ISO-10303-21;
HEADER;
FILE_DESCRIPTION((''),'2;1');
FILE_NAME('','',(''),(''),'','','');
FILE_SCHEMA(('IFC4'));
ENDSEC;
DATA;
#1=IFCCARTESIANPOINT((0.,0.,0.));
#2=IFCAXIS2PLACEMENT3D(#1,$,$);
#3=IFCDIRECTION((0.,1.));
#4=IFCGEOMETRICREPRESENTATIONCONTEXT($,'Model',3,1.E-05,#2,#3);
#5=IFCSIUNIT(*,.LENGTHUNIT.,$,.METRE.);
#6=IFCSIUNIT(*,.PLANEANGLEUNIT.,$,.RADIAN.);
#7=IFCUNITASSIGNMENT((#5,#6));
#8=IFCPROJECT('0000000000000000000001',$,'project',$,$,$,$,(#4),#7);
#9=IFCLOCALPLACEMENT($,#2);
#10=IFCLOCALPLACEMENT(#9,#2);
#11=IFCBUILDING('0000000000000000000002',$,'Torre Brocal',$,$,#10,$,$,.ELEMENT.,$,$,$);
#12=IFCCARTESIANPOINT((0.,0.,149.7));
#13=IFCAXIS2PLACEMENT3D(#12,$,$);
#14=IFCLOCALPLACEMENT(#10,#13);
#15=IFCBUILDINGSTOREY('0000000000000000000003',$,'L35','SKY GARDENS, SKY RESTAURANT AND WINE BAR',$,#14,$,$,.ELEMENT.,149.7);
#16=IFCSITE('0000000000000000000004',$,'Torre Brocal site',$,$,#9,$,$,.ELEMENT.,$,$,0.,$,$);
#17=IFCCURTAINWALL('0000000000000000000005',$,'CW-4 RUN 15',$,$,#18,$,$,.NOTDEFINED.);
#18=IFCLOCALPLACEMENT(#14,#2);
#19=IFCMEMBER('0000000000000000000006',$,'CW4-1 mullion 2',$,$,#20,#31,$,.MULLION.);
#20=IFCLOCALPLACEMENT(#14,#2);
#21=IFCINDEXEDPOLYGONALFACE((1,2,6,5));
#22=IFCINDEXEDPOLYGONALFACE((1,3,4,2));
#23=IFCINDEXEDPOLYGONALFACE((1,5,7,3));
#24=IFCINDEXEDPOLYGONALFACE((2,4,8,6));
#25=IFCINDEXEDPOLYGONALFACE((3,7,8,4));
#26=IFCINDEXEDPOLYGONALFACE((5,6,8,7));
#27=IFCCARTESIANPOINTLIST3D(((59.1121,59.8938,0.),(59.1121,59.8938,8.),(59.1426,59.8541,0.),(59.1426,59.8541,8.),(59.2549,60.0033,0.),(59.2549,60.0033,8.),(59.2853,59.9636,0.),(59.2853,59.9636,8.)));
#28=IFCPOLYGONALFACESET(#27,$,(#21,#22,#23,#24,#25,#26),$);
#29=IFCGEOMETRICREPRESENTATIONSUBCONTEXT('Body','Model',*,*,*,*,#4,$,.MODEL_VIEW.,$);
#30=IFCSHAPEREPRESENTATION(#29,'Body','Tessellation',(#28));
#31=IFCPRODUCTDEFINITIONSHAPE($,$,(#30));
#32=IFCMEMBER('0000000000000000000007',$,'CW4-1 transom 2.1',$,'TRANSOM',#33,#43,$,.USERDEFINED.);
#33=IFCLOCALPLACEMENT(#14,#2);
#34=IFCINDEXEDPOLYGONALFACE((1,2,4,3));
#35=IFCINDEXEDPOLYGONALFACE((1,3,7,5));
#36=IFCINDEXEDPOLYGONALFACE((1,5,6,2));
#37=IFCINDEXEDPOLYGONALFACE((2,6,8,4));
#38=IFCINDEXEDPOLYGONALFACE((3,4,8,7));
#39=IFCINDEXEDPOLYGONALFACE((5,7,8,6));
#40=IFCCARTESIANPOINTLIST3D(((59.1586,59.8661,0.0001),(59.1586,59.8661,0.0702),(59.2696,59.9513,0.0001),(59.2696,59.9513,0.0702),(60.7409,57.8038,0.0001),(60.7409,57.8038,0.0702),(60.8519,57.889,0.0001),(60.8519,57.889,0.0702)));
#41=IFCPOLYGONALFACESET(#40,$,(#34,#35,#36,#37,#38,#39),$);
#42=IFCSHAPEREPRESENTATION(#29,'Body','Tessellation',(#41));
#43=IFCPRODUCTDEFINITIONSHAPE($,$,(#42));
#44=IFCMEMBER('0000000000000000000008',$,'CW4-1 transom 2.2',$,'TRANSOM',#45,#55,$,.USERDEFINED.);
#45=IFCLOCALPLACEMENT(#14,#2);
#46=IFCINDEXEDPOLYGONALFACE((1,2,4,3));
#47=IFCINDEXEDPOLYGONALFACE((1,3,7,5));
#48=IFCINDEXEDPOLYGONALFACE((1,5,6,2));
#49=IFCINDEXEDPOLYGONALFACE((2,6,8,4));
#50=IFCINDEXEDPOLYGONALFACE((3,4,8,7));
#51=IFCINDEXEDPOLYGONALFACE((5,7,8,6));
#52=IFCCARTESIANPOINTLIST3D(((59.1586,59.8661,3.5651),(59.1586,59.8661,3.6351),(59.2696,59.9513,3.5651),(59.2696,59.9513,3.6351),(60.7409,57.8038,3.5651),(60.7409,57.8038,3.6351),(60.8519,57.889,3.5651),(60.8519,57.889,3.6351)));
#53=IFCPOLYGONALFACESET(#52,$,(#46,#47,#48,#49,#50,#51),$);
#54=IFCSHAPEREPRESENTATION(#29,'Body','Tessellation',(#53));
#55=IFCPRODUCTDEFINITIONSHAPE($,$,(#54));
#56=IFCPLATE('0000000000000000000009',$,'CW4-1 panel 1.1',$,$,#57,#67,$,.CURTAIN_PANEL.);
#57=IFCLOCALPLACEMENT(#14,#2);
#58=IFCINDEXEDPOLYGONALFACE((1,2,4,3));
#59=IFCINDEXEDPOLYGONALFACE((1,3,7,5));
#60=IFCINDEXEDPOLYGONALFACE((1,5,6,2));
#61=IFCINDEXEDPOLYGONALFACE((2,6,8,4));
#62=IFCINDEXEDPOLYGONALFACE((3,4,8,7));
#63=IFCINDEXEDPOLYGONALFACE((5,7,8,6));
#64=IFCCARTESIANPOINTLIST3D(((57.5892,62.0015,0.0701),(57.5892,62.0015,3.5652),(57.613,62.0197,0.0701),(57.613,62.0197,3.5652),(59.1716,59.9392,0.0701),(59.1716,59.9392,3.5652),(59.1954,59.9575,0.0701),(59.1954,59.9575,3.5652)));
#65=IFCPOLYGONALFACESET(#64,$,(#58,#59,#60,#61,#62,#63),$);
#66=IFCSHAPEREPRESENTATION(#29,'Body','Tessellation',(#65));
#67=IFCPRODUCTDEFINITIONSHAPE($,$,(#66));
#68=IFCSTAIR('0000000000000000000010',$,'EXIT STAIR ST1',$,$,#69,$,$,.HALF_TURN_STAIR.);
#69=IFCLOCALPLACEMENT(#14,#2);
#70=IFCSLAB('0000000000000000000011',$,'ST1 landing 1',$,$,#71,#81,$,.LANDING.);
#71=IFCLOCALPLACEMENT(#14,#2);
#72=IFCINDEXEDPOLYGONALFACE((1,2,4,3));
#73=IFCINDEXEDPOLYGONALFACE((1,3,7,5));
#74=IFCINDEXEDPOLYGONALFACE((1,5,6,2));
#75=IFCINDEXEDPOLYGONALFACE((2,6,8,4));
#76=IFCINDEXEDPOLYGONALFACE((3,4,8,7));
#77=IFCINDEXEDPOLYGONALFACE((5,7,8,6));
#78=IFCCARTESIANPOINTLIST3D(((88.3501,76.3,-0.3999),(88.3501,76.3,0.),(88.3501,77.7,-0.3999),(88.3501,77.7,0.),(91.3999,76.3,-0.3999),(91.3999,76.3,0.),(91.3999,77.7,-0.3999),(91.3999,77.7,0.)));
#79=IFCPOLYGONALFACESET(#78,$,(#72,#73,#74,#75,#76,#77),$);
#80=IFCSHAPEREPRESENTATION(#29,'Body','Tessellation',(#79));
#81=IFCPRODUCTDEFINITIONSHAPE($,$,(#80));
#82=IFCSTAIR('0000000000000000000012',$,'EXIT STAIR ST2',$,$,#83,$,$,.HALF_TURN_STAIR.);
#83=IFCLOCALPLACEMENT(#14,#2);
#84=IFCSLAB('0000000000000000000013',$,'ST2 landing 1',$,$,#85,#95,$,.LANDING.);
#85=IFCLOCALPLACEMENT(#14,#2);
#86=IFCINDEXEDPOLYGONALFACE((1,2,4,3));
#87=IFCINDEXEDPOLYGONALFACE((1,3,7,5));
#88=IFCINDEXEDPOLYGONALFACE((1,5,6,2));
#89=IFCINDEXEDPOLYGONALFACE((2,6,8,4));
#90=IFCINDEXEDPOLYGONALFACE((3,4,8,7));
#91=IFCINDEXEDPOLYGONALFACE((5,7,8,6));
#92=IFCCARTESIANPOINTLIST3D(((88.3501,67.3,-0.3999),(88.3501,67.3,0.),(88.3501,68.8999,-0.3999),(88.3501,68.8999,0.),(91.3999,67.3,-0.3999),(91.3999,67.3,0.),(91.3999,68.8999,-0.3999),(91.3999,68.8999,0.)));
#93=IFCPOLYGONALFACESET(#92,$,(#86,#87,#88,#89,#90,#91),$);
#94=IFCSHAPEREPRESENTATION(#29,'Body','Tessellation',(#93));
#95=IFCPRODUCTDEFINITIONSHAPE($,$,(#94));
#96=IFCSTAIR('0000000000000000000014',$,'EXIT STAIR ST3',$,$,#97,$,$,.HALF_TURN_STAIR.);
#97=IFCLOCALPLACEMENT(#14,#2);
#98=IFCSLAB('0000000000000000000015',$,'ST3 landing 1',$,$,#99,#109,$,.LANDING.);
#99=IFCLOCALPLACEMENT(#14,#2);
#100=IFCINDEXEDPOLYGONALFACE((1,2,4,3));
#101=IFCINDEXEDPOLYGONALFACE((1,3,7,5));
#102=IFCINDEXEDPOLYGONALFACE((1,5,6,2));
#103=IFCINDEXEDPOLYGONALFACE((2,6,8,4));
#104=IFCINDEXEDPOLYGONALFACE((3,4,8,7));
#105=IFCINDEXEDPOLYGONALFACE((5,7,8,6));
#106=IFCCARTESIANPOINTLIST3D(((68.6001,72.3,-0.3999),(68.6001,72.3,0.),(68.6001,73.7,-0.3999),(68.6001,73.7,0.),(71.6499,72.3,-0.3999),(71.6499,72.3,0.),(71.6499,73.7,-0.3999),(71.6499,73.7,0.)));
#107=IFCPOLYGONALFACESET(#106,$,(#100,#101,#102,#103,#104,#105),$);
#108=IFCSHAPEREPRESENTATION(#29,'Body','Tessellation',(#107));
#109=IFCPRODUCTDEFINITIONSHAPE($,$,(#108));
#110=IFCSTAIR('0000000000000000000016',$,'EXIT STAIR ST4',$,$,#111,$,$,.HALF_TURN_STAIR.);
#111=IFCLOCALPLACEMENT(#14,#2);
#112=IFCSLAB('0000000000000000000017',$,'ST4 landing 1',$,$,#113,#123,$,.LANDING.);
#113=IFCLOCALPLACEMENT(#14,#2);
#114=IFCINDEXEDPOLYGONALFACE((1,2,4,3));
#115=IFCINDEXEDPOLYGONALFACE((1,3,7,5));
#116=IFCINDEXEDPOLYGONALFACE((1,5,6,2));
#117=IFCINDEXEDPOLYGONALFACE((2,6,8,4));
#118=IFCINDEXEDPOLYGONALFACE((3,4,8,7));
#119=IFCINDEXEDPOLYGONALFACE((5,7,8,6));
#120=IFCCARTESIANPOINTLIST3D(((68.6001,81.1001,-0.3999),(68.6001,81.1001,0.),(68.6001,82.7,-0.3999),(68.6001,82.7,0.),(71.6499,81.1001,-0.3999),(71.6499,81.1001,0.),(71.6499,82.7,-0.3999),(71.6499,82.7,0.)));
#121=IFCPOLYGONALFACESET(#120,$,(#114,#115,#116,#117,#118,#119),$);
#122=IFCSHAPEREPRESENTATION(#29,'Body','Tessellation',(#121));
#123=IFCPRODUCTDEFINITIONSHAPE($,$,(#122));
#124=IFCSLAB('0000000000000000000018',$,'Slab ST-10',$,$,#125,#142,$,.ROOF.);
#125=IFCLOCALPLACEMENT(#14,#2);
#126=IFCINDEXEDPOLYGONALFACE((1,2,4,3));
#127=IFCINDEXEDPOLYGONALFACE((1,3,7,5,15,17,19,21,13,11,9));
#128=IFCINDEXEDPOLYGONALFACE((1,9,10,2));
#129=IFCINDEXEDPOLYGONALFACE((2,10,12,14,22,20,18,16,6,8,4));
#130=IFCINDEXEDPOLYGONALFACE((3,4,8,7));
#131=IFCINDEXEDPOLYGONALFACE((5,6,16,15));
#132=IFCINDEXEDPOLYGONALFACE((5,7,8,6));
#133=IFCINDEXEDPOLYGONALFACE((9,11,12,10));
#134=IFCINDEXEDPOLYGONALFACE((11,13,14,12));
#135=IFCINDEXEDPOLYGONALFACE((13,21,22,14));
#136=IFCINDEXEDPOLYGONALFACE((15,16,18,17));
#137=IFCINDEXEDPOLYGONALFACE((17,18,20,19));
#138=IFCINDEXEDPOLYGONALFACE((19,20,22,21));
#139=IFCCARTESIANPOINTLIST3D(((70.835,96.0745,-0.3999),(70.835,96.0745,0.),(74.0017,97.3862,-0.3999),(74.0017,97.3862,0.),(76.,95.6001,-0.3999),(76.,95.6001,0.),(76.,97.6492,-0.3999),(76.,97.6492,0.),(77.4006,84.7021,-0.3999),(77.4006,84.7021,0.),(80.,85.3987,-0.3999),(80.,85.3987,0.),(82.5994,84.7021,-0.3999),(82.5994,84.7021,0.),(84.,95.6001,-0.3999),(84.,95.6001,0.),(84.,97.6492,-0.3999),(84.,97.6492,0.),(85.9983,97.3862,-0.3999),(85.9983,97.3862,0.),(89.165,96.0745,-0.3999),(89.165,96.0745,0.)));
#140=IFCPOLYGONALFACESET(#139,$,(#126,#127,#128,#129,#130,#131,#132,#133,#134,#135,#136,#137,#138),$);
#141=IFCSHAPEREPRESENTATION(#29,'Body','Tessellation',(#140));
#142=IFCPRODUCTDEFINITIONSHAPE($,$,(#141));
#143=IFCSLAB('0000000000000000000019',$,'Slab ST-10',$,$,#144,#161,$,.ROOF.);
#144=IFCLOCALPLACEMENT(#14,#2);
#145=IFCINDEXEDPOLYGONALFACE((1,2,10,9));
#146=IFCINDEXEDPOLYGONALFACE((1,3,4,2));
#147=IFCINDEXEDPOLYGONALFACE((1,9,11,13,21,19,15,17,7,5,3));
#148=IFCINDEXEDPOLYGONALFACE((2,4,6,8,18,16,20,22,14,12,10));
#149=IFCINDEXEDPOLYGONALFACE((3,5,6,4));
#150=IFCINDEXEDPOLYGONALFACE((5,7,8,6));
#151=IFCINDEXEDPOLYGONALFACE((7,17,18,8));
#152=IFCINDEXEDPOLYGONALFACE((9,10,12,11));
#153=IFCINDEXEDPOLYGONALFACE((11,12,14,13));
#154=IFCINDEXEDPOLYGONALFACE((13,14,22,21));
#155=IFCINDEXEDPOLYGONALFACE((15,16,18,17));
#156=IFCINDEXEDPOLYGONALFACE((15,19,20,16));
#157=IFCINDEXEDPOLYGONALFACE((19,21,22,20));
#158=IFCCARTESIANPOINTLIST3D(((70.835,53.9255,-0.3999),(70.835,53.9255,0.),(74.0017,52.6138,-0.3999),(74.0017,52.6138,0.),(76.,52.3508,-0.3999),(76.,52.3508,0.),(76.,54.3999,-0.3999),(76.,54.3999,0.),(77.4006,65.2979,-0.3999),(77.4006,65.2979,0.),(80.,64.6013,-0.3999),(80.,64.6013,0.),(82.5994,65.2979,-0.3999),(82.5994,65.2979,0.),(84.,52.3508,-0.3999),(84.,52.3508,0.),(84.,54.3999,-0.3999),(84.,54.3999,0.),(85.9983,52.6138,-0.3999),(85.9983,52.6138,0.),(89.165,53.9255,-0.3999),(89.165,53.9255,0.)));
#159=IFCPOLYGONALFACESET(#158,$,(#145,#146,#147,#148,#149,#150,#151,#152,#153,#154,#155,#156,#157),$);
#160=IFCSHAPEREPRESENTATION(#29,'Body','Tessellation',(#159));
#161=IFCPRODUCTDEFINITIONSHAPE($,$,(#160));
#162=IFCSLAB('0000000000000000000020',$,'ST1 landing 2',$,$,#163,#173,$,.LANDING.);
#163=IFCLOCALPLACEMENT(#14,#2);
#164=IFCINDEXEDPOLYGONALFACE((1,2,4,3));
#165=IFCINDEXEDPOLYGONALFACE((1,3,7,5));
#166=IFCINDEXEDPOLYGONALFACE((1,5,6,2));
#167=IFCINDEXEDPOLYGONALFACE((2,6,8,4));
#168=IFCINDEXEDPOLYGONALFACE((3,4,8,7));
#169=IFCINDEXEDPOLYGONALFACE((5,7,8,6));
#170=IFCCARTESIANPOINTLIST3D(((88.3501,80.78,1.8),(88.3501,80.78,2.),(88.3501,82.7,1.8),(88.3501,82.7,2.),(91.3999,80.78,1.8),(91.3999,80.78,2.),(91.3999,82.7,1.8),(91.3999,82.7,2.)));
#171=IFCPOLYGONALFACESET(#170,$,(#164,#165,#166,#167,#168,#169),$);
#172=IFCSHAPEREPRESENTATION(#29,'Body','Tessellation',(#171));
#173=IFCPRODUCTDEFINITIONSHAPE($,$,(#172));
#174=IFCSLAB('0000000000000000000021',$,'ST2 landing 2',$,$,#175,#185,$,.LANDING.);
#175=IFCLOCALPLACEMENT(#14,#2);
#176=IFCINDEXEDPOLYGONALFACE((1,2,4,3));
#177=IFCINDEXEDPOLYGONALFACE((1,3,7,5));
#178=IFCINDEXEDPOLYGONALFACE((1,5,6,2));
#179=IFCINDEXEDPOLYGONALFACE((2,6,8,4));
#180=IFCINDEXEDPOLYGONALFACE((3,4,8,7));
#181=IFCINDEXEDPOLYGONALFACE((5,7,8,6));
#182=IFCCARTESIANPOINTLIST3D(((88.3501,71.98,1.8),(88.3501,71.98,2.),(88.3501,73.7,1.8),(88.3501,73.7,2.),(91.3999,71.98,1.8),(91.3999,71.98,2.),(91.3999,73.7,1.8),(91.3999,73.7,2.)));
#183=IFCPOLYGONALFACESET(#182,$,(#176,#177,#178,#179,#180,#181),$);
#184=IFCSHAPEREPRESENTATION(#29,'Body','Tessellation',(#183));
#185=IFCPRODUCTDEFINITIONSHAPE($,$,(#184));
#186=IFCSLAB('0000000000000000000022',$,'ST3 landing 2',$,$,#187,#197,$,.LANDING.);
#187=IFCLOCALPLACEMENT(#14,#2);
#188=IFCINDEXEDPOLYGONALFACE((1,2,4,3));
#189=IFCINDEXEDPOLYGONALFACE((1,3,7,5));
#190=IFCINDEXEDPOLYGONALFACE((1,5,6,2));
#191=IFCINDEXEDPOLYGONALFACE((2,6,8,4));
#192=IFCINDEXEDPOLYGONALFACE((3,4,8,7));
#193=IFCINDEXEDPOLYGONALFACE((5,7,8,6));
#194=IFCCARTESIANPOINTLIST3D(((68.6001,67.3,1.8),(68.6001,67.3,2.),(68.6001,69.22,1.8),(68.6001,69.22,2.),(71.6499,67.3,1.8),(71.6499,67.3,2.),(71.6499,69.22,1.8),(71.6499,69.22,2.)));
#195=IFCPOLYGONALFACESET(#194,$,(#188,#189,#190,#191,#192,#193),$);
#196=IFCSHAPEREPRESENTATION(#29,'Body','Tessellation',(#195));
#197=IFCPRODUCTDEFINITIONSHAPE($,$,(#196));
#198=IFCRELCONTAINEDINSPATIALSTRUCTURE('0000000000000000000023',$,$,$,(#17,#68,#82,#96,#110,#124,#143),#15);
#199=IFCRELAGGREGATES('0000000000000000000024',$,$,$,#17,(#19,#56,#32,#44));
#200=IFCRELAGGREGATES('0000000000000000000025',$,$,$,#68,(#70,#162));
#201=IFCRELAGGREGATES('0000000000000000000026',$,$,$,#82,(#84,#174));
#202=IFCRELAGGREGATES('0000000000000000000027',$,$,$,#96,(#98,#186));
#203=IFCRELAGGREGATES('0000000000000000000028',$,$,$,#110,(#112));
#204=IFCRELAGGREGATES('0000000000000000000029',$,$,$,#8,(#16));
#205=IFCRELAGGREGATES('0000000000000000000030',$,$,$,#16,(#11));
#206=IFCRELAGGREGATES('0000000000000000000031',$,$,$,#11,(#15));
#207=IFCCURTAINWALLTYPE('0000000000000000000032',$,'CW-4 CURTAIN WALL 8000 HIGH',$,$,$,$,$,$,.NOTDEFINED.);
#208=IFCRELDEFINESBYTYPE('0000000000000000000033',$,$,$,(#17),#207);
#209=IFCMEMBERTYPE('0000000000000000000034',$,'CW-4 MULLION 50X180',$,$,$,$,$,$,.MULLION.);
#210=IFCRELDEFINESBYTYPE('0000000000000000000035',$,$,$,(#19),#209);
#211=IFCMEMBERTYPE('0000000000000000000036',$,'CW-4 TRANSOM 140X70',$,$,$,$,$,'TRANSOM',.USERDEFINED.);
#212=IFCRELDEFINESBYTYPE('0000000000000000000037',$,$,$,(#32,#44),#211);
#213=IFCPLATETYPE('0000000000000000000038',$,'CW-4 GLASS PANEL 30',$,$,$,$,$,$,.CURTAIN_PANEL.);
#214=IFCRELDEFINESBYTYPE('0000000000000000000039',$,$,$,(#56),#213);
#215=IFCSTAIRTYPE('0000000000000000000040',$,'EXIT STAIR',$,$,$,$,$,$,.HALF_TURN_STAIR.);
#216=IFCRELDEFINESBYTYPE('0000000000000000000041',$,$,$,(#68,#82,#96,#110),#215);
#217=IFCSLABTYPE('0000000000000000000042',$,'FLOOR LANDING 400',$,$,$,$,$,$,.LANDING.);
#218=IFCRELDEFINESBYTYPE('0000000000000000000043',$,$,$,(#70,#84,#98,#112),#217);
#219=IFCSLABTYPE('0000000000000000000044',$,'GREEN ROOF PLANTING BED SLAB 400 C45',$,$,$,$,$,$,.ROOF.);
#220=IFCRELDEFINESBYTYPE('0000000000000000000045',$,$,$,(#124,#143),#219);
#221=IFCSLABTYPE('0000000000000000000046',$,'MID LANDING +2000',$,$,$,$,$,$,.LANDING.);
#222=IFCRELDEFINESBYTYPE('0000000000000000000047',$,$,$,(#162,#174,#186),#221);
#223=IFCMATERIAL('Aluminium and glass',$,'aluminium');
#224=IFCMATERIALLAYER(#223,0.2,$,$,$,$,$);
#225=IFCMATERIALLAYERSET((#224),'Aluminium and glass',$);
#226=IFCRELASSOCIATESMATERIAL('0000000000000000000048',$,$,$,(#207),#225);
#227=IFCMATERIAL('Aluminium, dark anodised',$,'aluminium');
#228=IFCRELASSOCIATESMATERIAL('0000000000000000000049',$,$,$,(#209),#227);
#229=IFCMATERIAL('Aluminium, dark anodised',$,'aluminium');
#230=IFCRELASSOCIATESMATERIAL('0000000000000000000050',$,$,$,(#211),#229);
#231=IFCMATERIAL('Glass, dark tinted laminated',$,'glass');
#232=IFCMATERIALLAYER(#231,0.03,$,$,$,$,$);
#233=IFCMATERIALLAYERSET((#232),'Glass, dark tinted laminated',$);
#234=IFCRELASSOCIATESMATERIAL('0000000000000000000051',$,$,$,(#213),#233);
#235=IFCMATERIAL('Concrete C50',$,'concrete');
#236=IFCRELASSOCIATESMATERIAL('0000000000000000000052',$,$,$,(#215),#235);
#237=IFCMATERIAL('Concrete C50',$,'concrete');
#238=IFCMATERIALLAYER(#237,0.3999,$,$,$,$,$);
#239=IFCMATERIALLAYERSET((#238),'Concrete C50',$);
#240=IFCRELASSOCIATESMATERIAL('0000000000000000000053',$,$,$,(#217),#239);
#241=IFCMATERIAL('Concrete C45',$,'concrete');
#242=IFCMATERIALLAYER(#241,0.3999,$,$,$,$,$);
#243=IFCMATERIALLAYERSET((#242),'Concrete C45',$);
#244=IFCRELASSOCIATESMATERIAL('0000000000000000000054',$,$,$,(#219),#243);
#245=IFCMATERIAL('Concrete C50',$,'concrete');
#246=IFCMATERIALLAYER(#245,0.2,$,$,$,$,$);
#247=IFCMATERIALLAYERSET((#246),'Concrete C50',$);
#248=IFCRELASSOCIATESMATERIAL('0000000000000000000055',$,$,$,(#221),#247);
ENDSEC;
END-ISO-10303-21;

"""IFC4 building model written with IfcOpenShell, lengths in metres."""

from ifc_helpers import new_model, si_unit, direction, frame, origin, origin_2d, place, context, subcontext, project, spatial, polyline, rectangle, outline, extrude, material, layer, layer_set, material_profile, profile_set, type_object, element, aggregate, save


model = new_model("IFC4")

# Units and contexts
model_context = context("Model", 3, precision=1e-05, world=origin(), true_north=direction((0.0, 1.0)))
body_context = subcontext(model_context, "Body", "Model", "MODEL_VIEW")
ifc_project = project(units=[si_unit("LENGTHUNIT", "METRE"), si_unit("PLANEANGLEUNIT", "RADIAN")], contexts=[model_context])

# Site, building, storey
site_placement = place(None, origin())
site = spatial("IfcSite", under=ifc_project, at=site_placement, Name="Torre Brocal site", CompositionType="ELEMENT", RefElevation=0.0)
building_placement = place(site_placement, origin())
building = spatial("IfcBuilding", under=site, at=building_placement, Name="Torre Brocal", CompositionType="ELEMENT")
storey_placement = place(building_placement, frame((0.0, 0.0, 149.7)))
storey = spatial("IfcBuildingStorey", under=building, at=storey_placement, Name="L35", Description="SKY GARDENS, SKY RESTAURANT AND WINE BAR", CompositionType="ELEMENT", Elevation=149.7)

# Curtain wall, members, plate
ifc_material_1 = material(Name="Aluminium and glass", Category="aluminium")
ifc_layer_1 = layer(ifc_material_1, 0.2)
ifc_layer_set_1 = layer_set([ifc_layer_1], Name="Aluminium and glass")
curtain_wall_type = type_object("IfcCurtainWallType", Name="CW-4 CURTAIN WALL 8000 HIGH", PredefinedType="NOTDEFINED", material=ifc_layer_set_1)
curtain_wall_placement = place(storey_placement, origin())
curtain_wall = element("IfcCurtainWall", 1, at=curtain_wall_placement, inside=storey, type_object=curtain_wall_type, Name="CW-4 RUN 15", PredefinedType="NOTDEFINED")
ifc_material_2 = material(Name="Aluminium, dark anodised", Category="aluminium")
ifc_material_profile_1 = material_profile(ifc_material_2, rectangle(XDim=0.1799, YDim=0.05, at=origin_2d()), Name="CW-4 MULLION 50X180")
ifc_profile_set_1 = profile_set([ifc_material_profile_1], Name="Aluminium, dark anodised")
member_type_1 = type_object("IfcMemberType", Name="CW-4 MULLION 50X180", PredefinedType="MULLION", material=ifc_profile_set_1)
member_1_placement = place(storey_placement, frame((59.1987, 59.9287, 0.0), z_axis=(0.0, 0.0, 1.0), x_axis=(0.793353, 0.608761, 0.0)))
member_1 = element("IfcMember", 2, at=member_1_placement, type_object=member_type_1, Name="CW4-1 mullion 2", PredefinedType="MULLION", context=body_context, shape_type="SweptSolid", body=[
    extrude(rectangle(XDim=0.1799, YDim=0.05, at=origin_2d()), origin(), (0.0, 0.0, 1.0), 8.0),
])
ifc_material_3 = material(Name="Aluminium, dark anodised", Category="aluminium")
ifc_material_profile_2 = material_profile(ifc_material_3, rectangle(XDim=0.1399, YDim=0.0701, at=origin_2d()), Name="CW-4 TRANSOM 140X70")
ifc_profile_set_2 = profile_set([ifc_material_profile_2], Name="Aluminium, dark anodised")
member_type_2 = type_object("IfcMemberType", Name="CW-4 TRANSOM 140X70", ElementType="TRANSOM", PredefinedType="USERDEFINED", material=ifc_profile_set_2)
member_2_placement = place(storey_placement, frame((59.2141, 59.9087, 0.0352), z_axis=(0.608725, -0.793381, 0.0), x_axis=(0.793381, 0.608725, 0.0)))
member_2 = element("IfcMember", 3, at=member_2_placement, type_object=member_type_2, Name="CW4-1 transom 2.1", ObjectType="TRANSOM", PredefinedType="USERDEFINED", context=body_context, shape_type="SweptSolid", body=[
    extrude(rectangle(XDim=0.1399, YDim=0.0701, at=origin_2d()), origin(), (0.0, 0.0, 1.0), 2.5994),
])
member_3_placement = place(storey_placement, frame((59.2141, 59.9087, 3.6001), z_axis=(0.608725, -0.793381, 0.0), x_axis=(0.793381, 0.608725, 0.0)))
member_3 = element("IfcMember", 4, at=member_3_placement, type_object=member_type_2, Name="CW4-1 transom 2.2", ObjectType="TRANSOM", PredefinedType="USERDEFINED", context=body_context, shape_type="SweptSolid", body=[
    extrude(rectangle(XDim=0.1399, YDim=0.0701, at=origin_2d()), origin(), (0.0, 0.0, 1.0), 2.5994),
])
ifc_material_4 = material(Name="Glass, dark tinted laminated", Category="glass")
ifc_layer_2 = layer(ifc_material_4, 0.03)
ifc_layer_set_2 = layer_set([ifc_layer_2], Name="Glass, dark tinted laminated")
plate_type = type_object("IfcPlateType", Name="CW-4 GLASS PANEL 30", PredefinedType="CURTAIN_PANEL", material=ifc_layer_set_2)
plate_placement = place(storey_placement, frame((58.3923, 60.9795, 0.0701), z_axis=(0.0, 0.0, 1.0), x_axis=(0.608761, -0.793353, 0.0)))
plate = element("IfcPlate", 5, at=plate_placement, type_object=plate_type, Name="CW4-1 panel 1.1", PredefinedType="CURTAIN_PANEL", context=body_context, shape_type="SweptSolid", body=[
    extrude(rectangle(XDim=2.5994, YDim=0.03, at=origin_2d()), origin(), (0.0, 0.0, 1.0), 3.4951),
])
aggregate(curtain_wall, [member_1, plate, member_2, member_3])

# Stairs, slabs
ifc_material_5 = material(Name="Concrete C50", Category="concrete")
stair_type = type_object("IfcStairType", Name="EXIT STAIR", PredefinedType="HALF_TURN_STAIR", material=ifc_material_5)
stair_1_placement = place(storey_placement, origin())
stair_1 = element("IfcStair", 6, at=stair_1_placement, inside=storey, type_object=stair_type, Name="EXIT STAIR ST1", PredefinedType="HALF_TURN_STAIR")
ifc_material_6 = material(Name="Concrete C50", Category="concrete")
ifc_layer_3 = layer(ifc_material_6, 0.3999)
ifc_layer_set_3 = layer_set([ifc_layer_3], Name="Concrete C50")
slab_type_1 = type_object("IfcSlabType", Name="FLOOR LANDING 400", PredefinedType="LANDING", material=ifc_layer_set_3)
slab_1_placement = place(storey_placement, frame((0.0, 0.0, -0.3999)))
slab_1 = element("IfcSlab", 7, at=slab_1_placement, type_object=slab_type_1, Name="ST1 landing 1", PredefinedType="LANDING", context=body_context, shape_type="SweptSolid", body=[
    extrude(outline(polyline([(88.3501, 76.3), (91.3999, 76.3), (91.3999, 77.7), (88.3501, 77.7), (88.3501, 76.3)])), origin(), (0.0, 0.0, 1.0), 0.3999),
])
stair_2_placement = place(storey_placement, origin())
stair_2 = element("IfcStair", 8, at=stair_2_placement, inside=storey, type_object=stair_type, Name="EXIT STAIR ST2", PredefinedType="HALF_TURN_STAIR")
slab_2_placement = place(storey_placement, frame((0.0, 0.0, -0.3999)))
slab_2 = element("IfcSlab", 9, at=slab_2_placement, type_object=slab_type_1, Name="ST2 landing 1", PredefinedType="LANDING", context=body_context, shape_type="SweptSolid", body=[
    extrude(outline(polyline([(88.3501, 67.3), (91.3999, 67.3), (91.3999, 68.8999), (88.3501, 68.8999), (88.3501, 67.3)])), origin(), (0.0, 0.0, 1.0), 0.3999),
])
stair_3_placement = place(storey_placement, origin())
stair_3 = element("IfcStair", 10, at=stair_3_placement, inside=storey, type_object=stair_type, Name="EXIT STAIR ST3", PredefinedType="HALF_TURN_STAIR")
slab_3_placement = place(storey_placement, frame((0.0, 0.0, -0.3999)))
slab_3 = element("IfcSlab", 11, at=slab_3_placement, type_object=slab_type_1, Name="ST3 landing 1", PredefinedType="LANDING", context=body_context, shape_type="SweptSolid", body=[
    extrude(outline(polyline([(71.6499, 73.7), (68.6001, 73.7), (68.6001, 72.3), (71.6499, 72.3), (71.6499, 73.7)])), origin(), (0.0, 0.0, 1.0), 0.3999),
])
stair_4_placement = place(storey_placement, origin())
stair_4 = element("IfcStair", 12, at=stair_4_placement, inside=storey, type_object=stair_type, Name="EXIT STAIR ST4", PredefinedType="HALF_TURN_STAIR")
slab_4_placement = place(storey_placement, frame((0.0, 0.0, -0.3999)))
slab_4 = element("IfcSlab", 13, at=slab_4_placement, type_object=slab_type_1, Name="ST4 landing 1", PredefinedType="LANDING", context=body_context, shape_type="SweptSolid", body=[
    extrude(outline(polyline([(71.6499, 82.7), (68.6001, 82.7), (68.6001, 81.1001), (71.6499, 81.1001), (71.6499, 82.7)])), origin(), (0.0, 0.0, 1.0), 0.3999),
])

# Slabs
ifc_material_7 = material(Name="Concrete C45", Category="concrete")
ifc_layer_4 = layer(ifc_material_7, 0.3999)
ifc_layer_set_4 = layer_set([ifc_layer_4], Name="Concrete C45")
slab_type_2 = type_object("IfcSlabType", Name="GREEN ROOF PLANTING BED SLAB 400 C45", PredefinedType="ROOF", material=ifc_layer_set_4)
slab_5_placement = place(storey_placement, frame((0.0, 0.0, -0.3999)))
element("IfcSlab", 14, at=slab_5_placement, inside=storey, type_object=slab_type_2, Name="Slab ST-10", PredefinedType="ROOF", context=body_context, shape_type="SweptSolid", body=[
    extrude(outline(polyline([(76.0, 97.6492), (76.0, 95.6001), (84.0, 95.6001), (84.0, 97.6492), (85.9983, 97.3862), (89.165, 96.0745), (82.5994, 84.7021), (80.0, 85.3987), (77.4006, 84.7021), (70.835, 96.0745), (74.0017, 97.3862), (76.0, 97.6492)])), origin(), (0.0, 0.0, 1.0), 0.3999),
])
slab_6_placement = place(storey_placement, frame((0.0, 0.0, -0.3999)))
element("IfcSlab", 15, at=slab_6_placement, inside=storey, type_object=slab_type_2, Name="Slab ST-10", PredefinedType="ROOF", context=body_context, shape_type="SweptSolid", body=[
    extrude(outline(polyline([(74.0017, 52.6138), (70.835, 53.9255), (77.4006, 65.2979), (80.0, 64.6013), (82.5994, 65.2979), (89.165, 53.9255), (85.9983, 52.6138), (84.0, 52.3508), (84.0, 54.3999), (76.0, 54.3999), (76.0, 52.3508), (74.0017, 52.6138)])), origin(), (0.0, 0.0, 1.0), 0.3999),
])

# Slabs
ifc_material_8 = material(Name="Concrete C50", Category="concrete")
ifc_layer_5 = layer(ifc_material_8, 0.2)
ifc_layer_set_5 = layer_set([ifc_layer_5], Name="Concrete C50")
slab_type_3 = type_object("IfcSlabType", Name="MID LANDING +2000", PredefinedType="LANDING", material=ifc_layer_set_5)
slab_7_placement = place(storey_placement, frame((0.0, 0.0, 1.8)))
slab_7 = element("IfcSlab", 16, at=slab_7_placement, type_object=slab_type_3, Name="ST1 landing 2", PredefinedType="LANDING", context=body_context, shape_type="SweptSolid", body=[
    extrude(outline(polyline([(88.3501, 80.78), (91.3999, 80.78), (91.3999, 82.7), (88.3501, 82.7), (88.3501, 80.78)])), origin(), (0.0, 0.0, 1.0), 0.2),
])
slab_8_placement = place(storey_placement, frame((0.0, 0.0, 1.8)))
slab_8 = element("IfcSlab", 17, at=slab_8_placement, type_object=slab_type_3, Name="ST2 landing 2", PredefinedType="LANDING", context=body_context, shape_type="SweptSolid", body=[
    extrude(outline(polyline([(88.3501, 71.98), (91.3999, 71.98), (91.3999, 73.7), (88.3501, 73.7), (88.3501, 71.98)])), origin(), (0.0, 0.0, 1.0), 0.2),
])
slab_9_placement = place(storey_placement, frame((0.0, 0.0, 1.8)))
slab_9 = element("IfcSlab", 18, at=slab_9_placement, type_object=slab_type_3, Name="ST3 landing 2", PredefinedType="LANDING", context=body_context, shape_type="SweptSolid", body=[
    extrude(outline(polyline([(71.6499, 69.22), (68.6001, 69.22), (68.6001, 67.3), (71.6499, 67.3), (71.6499, 69.22)])), origin(), (0.0, 0.0, 1.0), 0.2),
])
aggregate(stair_1, [slab_1, slab_7])
aggregate(stair_2, [slab_2, slab_8])
aggregate(stair_3, [slab_3, slab_9])
aggregate(stair_4, [slab_4])

save(model, "model.ifc")
